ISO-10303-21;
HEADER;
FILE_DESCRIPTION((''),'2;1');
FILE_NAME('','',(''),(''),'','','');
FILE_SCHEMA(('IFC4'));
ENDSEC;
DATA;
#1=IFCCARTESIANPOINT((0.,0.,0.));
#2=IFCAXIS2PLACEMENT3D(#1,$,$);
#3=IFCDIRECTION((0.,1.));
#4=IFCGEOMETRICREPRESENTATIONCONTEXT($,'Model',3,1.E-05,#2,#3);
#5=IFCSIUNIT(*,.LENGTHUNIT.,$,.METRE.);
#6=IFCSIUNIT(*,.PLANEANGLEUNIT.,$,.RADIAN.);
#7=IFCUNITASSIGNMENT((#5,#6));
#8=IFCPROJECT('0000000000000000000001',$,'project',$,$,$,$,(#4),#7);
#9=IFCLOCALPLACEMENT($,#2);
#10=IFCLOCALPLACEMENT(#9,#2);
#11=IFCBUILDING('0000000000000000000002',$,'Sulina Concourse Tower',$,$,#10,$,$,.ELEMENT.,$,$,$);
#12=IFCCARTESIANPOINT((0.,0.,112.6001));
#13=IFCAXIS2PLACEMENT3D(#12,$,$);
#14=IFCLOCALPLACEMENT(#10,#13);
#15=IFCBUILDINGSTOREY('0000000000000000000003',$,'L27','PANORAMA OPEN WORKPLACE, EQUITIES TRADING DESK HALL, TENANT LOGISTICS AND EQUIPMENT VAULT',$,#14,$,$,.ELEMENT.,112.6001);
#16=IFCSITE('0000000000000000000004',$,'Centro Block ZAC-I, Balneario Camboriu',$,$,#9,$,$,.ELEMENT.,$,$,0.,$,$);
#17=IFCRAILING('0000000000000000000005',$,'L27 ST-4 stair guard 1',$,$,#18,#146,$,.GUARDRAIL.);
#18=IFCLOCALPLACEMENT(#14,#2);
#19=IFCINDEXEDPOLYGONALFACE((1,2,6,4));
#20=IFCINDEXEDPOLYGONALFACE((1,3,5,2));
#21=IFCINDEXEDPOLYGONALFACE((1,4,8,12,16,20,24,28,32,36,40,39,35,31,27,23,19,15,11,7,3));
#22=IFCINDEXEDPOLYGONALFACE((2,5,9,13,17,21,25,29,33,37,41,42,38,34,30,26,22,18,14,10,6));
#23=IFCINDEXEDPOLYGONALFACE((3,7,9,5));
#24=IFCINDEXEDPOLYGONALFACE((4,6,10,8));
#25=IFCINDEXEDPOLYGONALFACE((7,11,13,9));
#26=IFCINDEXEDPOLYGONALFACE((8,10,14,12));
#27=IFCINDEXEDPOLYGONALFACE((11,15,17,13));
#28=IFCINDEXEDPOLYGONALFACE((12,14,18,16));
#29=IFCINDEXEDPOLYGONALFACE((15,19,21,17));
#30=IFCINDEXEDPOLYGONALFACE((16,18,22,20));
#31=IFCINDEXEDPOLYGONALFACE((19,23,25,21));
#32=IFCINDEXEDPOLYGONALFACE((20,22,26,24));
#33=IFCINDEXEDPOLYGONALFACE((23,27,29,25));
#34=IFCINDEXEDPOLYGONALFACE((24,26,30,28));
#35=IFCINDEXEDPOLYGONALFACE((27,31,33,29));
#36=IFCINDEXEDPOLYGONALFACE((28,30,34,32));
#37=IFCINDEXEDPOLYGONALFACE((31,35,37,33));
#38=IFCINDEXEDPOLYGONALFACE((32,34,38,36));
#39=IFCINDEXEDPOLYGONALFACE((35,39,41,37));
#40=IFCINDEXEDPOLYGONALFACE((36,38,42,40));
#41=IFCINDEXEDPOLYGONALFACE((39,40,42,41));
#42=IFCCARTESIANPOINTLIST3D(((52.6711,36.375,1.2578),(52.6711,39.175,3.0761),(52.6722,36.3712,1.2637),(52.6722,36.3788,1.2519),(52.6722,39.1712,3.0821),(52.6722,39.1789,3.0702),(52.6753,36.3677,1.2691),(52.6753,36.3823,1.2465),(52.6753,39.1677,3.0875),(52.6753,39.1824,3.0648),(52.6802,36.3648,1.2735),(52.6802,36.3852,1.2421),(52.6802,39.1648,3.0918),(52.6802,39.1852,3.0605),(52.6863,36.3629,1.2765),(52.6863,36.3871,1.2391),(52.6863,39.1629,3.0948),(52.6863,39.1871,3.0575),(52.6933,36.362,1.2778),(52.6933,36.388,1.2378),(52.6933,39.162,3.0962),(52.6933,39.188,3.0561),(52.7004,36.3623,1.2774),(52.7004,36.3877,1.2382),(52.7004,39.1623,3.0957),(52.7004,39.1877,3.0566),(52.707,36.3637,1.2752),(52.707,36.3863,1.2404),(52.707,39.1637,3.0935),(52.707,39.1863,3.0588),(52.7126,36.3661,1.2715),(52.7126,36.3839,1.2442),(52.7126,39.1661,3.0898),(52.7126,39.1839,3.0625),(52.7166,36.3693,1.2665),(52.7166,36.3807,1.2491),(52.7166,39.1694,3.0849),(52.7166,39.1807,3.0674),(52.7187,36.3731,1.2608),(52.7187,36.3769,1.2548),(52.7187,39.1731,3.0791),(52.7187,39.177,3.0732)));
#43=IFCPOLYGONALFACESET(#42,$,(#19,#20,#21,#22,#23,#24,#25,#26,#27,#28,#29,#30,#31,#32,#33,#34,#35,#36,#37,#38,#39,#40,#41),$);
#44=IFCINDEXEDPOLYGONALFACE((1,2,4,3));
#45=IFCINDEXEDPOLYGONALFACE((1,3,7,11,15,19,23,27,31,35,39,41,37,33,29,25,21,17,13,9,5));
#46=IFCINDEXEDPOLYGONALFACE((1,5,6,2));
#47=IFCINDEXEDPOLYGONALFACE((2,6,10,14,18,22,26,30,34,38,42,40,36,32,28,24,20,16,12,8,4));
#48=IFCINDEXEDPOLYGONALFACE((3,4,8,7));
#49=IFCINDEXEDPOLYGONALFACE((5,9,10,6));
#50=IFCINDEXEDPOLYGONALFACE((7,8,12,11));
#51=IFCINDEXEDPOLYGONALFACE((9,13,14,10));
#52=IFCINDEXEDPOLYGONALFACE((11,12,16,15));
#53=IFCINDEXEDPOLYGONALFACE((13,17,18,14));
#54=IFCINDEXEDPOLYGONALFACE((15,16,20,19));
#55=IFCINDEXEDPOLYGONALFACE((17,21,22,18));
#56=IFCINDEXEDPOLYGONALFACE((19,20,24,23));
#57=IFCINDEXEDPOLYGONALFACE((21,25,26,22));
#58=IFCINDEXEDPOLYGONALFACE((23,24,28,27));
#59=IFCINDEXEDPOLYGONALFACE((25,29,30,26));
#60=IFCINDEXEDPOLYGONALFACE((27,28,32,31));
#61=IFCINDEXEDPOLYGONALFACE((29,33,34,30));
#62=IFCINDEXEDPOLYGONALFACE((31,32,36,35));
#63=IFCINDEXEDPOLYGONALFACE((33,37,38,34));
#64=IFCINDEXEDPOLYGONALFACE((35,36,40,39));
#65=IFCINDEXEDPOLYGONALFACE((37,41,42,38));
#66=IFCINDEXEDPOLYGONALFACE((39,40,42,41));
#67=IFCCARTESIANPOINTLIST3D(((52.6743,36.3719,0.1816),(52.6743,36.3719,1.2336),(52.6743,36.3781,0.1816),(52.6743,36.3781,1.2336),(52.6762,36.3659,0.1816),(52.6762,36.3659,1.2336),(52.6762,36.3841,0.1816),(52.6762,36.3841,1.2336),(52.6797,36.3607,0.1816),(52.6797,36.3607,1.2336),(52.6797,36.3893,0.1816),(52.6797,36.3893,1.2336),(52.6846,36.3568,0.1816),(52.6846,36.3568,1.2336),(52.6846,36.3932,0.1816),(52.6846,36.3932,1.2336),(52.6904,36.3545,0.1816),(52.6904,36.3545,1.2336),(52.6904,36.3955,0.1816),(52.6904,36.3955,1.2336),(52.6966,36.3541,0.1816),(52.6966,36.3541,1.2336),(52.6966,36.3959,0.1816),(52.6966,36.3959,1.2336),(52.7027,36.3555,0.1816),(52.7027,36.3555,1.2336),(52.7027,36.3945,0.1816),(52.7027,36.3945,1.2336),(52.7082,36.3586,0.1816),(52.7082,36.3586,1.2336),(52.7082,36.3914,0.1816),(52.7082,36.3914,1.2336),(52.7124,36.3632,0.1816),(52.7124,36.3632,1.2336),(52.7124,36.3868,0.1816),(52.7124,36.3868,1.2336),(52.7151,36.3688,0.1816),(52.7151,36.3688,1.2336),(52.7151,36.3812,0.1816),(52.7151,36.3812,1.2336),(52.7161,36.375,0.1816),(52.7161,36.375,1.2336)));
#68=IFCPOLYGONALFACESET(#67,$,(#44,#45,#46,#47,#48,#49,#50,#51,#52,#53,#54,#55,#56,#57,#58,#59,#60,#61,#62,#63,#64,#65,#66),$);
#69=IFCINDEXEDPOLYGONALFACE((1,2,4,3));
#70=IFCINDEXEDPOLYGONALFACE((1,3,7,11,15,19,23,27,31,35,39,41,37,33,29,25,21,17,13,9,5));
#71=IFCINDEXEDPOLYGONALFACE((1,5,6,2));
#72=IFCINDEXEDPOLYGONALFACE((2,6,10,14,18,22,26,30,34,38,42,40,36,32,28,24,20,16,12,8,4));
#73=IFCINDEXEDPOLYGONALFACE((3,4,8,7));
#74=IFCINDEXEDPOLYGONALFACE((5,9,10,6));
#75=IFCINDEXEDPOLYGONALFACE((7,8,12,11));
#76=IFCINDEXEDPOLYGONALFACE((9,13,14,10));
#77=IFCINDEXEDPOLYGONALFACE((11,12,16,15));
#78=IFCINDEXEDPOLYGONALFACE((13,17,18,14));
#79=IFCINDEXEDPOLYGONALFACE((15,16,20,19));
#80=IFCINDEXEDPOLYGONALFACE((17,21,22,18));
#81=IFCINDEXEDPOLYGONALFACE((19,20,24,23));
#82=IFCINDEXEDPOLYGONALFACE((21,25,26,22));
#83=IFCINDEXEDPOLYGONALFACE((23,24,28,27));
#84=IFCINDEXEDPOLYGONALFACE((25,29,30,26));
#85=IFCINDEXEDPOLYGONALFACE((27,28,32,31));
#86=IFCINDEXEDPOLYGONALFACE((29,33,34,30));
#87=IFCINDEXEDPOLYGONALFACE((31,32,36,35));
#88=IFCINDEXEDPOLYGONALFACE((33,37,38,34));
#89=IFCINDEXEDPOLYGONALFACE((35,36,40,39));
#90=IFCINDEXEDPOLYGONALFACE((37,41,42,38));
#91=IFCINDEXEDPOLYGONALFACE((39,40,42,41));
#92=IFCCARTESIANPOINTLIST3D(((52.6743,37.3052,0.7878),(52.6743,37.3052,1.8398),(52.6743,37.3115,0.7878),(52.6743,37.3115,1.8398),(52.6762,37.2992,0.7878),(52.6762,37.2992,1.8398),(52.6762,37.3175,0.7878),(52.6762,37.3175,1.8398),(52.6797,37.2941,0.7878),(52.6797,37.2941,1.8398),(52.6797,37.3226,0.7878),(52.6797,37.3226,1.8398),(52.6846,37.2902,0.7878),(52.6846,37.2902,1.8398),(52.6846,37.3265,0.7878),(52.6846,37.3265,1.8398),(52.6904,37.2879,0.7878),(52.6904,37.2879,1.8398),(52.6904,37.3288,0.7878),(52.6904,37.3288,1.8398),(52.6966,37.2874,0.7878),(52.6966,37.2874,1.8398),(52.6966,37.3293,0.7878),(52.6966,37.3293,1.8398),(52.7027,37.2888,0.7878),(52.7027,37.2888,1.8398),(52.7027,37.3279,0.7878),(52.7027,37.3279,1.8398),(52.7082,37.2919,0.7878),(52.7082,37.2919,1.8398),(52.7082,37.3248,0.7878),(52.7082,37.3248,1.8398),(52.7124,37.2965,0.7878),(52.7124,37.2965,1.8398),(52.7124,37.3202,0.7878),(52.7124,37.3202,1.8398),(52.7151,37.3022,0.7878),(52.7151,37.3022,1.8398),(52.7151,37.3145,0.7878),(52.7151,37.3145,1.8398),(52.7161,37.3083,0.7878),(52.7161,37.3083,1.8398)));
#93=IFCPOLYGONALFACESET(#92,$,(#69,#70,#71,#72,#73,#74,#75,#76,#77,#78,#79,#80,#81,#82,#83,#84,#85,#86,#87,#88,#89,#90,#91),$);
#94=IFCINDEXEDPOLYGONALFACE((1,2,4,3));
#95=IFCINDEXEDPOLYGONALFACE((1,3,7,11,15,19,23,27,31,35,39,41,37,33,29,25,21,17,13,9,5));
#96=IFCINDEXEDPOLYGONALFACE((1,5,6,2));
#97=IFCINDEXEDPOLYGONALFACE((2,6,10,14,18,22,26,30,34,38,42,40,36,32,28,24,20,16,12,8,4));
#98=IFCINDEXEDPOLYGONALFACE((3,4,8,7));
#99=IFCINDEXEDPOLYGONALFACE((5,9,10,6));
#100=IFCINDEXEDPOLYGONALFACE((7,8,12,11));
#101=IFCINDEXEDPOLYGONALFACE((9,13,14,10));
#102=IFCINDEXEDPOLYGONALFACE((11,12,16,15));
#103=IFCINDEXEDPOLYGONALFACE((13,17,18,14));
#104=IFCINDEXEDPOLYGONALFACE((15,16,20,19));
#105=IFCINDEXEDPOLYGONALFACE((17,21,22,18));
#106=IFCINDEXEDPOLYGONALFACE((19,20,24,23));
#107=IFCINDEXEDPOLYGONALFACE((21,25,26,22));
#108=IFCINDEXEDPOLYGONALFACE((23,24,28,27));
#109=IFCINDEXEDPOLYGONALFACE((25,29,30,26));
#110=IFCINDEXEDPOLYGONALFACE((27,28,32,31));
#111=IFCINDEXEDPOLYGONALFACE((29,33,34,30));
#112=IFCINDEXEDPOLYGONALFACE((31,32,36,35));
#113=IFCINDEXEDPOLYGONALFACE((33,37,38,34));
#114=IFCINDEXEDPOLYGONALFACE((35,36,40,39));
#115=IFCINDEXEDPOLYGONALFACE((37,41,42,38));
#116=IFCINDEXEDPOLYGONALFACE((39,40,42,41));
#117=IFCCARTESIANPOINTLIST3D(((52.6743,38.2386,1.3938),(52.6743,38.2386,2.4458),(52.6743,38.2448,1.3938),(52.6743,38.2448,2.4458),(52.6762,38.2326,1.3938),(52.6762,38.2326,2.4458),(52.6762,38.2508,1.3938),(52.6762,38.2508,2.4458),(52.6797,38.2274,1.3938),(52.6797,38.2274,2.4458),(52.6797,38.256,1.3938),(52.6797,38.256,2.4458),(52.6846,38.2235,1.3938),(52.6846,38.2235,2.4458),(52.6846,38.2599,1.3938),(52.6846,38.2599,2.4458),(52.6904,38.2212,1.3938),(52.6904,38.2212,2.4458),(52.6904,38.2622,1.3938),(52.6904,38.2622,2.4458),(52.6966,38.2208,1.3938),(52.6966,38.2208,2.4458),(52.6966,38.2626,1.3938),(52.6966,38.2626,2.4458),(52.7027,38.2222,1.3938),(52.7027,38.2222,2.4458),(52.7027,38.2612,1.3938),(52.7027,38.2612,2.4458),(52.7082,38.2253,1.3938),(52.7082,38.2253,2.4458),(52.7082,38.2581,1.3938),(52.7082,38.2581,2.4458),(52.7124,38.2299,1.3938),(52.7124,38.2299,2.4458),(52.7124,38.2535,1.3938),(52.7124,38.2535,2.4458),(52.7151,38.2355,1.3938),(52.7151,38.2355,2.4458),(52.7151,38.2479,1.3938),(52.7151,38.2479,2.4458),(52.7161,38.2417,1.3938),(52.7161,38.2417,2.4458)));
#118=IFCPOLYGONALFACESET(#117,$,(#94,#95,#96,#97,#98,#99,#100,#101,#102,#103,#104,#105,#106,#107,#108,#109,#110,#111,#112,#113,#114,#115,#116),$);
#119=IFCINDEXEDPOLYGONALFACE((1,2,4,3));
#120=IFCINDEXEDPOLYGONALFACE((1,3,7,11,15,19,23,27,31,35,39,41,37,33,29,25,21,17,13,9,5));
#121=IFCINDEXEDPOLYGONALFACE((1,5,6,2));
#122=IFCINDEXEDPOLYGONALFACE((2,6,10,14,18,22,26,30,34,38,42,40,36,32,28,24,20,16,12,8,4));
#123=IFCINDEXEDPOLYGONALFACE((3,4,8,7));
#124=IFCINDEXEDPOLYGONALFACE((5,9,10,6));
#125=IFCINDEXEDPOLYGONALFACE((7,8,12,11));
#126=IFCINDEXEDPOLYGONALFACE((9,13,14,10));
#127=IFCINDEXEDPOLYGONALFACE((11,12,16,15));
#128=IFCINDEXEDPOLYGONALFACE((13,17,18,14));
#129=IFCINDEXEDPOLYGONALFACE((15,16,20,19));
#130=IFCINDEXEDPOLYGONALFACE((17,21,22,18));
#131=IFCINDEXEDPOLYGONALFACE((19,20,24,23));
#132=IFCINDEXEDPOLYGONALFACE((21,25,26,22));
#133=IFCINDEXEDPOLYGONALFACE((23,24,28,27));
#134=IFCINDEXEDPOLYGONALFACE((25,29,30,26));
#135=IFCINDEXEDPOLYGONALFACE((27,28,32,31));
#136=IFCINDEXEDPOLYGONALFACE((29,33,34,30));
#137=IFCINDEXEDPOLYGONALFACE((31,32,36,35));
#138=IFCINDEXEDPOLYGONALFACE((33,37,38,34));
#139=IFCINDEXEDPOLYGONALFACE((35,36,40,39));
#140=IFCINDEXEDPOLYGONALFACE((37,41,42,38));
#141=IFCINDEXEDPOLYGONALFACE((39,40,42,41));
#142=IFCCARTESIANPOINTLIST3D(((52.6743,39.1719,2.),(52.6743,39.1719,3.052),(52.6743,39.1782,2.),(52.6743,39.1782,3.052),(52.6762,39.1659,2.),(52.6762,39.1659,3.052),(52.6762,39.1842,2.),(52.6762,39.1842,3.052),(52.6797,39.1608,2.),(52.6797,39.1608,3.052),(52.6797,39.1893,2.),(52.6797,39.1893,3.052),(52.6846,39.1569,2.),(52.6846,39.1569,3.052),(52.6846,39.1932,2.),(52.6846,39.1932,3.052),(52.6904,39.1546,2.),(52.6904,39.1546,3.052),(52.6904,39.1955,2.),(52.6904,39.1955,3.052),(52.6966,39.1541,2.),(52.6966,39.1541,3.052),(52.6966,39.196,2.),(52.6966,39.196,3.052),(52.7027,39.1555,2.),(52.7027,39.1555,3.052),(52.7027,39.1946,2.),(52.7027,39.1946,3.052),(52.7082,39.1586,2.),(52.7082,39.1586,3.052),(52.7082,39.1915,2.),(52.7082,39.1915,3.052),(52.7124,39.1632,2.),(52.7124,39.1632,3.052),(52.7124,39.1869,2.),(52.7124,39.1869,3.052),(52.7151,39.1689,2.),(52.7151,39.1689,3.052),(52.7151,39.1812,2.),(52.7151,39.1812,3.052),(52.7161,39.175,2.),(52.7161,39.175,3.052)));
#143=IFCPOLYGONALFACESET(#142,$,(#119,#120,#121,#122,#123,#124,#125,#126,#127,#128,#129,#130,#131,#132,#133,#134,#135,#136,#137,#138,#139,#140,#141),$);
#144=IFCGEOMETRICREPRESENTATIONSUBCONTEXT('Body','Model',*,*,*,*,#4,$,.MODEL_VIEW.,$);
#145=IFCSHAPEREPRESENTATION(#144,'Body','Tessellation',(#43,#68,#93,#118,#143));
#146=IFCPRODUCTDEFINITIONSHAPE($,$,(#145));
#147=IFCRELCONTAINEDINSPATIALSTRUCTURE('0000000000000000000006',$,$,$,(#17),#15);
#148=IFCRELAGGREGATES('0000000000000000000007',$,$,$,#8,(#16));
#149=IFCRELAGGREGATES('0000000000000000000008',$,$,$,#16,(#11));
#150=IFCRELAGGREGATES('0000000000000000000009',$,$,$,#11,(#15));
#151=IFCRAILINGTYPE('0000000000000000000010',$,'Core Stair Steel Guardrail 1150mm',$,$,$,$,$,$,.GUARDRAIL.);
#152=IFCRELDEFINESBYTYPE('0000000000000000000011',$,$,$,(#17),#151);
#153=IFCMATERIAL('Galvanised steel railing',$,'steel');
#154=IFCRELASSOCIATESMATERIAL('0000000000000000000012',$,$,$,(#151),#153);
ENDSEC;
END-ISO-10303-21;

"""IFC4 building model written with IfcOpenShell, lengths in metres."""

from ifc_helpers import new_model, si_unit, direction, frame, origin, origin_2d, place, context, subcontext, project, spatial, circle, extrude, material, type_object, element, save


model = new_model("IFC4")

# Units and contexts
model_context = context("Model", 3, precision=1e-05, world=origin(), true_north=direction((0.0, 1.0)))
body_context = subcontext(model_context, "Body", "Model", "MODEL_VIEW")
ifc_project = project(units=[si_unit("LENGTHUNIT", "METRE"), si_unit("PLANEANGLEUNIT", "RADIAN")], contexts=[model_context])

# Site, building, storey
site_placement = place(None, origin())
site = spatial("IfcSite", under=ifc_project, at=site_placement, Name="Centro Block ZAC-I, Balneario Camboriu", CompositionType="ELEMENT", RefElevation=0.0)
building_placement = place(site_placement, origin())
building = spatial("IfcBuilding", under=site, at=building_placement, Name="Sulina Concourse Tower", CompositionType="ELEMENT")
storey_placement = place(building_placement, frame((0.0, 0.0, 112.6001)))
storey = spatial("IfcBuildingStorey", under=building, at=storey_placement, Name="L27", Description="PANORAMA OPEN WORKPLACE, EQUITIES TRADING DESK HALL, TENANT LOGISTICS AND EQUIPMENT VAULT", CompositionType="ELEMENT", Elevation=112.6001)

# Railing
ifc_material_1 = material(Name="Galvanised steel railing", Category="steel")
railing_type_1 = type_object("IfcRailingType", Name="Core Stair Steel Guardrail 1150mm", PredefinedType="GUARDRAIL", material=ifc_material_1)
railing_1_placement = place(storey_placement, frame((52.6951, 36.375, 0.1816)))
element("IfcRailing", 1, at=railing_1_placement, inside=storey, type_object=railing_type_1, Name="L27 ST-4 stair guard 1", PredefinedType="GUARDRAIL", context=body_context, shape_type="SweptSolid", body=[
    extrude(circle(Radius=0.0239, at=origin_2d()), frame((0.0, 0.0, 1.0762), z_axis=(0.0, 0.838672, 0.544636), x_axis=(-1.0, 0.0, 0.0)), (0.0, 0.0, 1.0), 3.3386),
    extrude(circle(Radius=0.021, at=origin_2d()), origin(), (0.0, 0.0, 1.0), 1.052),
    extrude(circle(Radius=0.021, at=origin_2d()), frame((0.0, 0.9333, 0.6062)), (0.0, 0.0, 1.0), 1.052),
    extrude(circle(Radius=0.021, at=origin_2d()), frame((0.0, 1.8667, 1.2122)), (0.0, 0.0, 1.0), 1.052),
    extrude(circle(Radius=0.021, at=origin_2d()), frame((0.0, 2.8, 1.8184)), (0.0, 0.0, 1.0), 1.052),
])

save(model, "model.ifc")
